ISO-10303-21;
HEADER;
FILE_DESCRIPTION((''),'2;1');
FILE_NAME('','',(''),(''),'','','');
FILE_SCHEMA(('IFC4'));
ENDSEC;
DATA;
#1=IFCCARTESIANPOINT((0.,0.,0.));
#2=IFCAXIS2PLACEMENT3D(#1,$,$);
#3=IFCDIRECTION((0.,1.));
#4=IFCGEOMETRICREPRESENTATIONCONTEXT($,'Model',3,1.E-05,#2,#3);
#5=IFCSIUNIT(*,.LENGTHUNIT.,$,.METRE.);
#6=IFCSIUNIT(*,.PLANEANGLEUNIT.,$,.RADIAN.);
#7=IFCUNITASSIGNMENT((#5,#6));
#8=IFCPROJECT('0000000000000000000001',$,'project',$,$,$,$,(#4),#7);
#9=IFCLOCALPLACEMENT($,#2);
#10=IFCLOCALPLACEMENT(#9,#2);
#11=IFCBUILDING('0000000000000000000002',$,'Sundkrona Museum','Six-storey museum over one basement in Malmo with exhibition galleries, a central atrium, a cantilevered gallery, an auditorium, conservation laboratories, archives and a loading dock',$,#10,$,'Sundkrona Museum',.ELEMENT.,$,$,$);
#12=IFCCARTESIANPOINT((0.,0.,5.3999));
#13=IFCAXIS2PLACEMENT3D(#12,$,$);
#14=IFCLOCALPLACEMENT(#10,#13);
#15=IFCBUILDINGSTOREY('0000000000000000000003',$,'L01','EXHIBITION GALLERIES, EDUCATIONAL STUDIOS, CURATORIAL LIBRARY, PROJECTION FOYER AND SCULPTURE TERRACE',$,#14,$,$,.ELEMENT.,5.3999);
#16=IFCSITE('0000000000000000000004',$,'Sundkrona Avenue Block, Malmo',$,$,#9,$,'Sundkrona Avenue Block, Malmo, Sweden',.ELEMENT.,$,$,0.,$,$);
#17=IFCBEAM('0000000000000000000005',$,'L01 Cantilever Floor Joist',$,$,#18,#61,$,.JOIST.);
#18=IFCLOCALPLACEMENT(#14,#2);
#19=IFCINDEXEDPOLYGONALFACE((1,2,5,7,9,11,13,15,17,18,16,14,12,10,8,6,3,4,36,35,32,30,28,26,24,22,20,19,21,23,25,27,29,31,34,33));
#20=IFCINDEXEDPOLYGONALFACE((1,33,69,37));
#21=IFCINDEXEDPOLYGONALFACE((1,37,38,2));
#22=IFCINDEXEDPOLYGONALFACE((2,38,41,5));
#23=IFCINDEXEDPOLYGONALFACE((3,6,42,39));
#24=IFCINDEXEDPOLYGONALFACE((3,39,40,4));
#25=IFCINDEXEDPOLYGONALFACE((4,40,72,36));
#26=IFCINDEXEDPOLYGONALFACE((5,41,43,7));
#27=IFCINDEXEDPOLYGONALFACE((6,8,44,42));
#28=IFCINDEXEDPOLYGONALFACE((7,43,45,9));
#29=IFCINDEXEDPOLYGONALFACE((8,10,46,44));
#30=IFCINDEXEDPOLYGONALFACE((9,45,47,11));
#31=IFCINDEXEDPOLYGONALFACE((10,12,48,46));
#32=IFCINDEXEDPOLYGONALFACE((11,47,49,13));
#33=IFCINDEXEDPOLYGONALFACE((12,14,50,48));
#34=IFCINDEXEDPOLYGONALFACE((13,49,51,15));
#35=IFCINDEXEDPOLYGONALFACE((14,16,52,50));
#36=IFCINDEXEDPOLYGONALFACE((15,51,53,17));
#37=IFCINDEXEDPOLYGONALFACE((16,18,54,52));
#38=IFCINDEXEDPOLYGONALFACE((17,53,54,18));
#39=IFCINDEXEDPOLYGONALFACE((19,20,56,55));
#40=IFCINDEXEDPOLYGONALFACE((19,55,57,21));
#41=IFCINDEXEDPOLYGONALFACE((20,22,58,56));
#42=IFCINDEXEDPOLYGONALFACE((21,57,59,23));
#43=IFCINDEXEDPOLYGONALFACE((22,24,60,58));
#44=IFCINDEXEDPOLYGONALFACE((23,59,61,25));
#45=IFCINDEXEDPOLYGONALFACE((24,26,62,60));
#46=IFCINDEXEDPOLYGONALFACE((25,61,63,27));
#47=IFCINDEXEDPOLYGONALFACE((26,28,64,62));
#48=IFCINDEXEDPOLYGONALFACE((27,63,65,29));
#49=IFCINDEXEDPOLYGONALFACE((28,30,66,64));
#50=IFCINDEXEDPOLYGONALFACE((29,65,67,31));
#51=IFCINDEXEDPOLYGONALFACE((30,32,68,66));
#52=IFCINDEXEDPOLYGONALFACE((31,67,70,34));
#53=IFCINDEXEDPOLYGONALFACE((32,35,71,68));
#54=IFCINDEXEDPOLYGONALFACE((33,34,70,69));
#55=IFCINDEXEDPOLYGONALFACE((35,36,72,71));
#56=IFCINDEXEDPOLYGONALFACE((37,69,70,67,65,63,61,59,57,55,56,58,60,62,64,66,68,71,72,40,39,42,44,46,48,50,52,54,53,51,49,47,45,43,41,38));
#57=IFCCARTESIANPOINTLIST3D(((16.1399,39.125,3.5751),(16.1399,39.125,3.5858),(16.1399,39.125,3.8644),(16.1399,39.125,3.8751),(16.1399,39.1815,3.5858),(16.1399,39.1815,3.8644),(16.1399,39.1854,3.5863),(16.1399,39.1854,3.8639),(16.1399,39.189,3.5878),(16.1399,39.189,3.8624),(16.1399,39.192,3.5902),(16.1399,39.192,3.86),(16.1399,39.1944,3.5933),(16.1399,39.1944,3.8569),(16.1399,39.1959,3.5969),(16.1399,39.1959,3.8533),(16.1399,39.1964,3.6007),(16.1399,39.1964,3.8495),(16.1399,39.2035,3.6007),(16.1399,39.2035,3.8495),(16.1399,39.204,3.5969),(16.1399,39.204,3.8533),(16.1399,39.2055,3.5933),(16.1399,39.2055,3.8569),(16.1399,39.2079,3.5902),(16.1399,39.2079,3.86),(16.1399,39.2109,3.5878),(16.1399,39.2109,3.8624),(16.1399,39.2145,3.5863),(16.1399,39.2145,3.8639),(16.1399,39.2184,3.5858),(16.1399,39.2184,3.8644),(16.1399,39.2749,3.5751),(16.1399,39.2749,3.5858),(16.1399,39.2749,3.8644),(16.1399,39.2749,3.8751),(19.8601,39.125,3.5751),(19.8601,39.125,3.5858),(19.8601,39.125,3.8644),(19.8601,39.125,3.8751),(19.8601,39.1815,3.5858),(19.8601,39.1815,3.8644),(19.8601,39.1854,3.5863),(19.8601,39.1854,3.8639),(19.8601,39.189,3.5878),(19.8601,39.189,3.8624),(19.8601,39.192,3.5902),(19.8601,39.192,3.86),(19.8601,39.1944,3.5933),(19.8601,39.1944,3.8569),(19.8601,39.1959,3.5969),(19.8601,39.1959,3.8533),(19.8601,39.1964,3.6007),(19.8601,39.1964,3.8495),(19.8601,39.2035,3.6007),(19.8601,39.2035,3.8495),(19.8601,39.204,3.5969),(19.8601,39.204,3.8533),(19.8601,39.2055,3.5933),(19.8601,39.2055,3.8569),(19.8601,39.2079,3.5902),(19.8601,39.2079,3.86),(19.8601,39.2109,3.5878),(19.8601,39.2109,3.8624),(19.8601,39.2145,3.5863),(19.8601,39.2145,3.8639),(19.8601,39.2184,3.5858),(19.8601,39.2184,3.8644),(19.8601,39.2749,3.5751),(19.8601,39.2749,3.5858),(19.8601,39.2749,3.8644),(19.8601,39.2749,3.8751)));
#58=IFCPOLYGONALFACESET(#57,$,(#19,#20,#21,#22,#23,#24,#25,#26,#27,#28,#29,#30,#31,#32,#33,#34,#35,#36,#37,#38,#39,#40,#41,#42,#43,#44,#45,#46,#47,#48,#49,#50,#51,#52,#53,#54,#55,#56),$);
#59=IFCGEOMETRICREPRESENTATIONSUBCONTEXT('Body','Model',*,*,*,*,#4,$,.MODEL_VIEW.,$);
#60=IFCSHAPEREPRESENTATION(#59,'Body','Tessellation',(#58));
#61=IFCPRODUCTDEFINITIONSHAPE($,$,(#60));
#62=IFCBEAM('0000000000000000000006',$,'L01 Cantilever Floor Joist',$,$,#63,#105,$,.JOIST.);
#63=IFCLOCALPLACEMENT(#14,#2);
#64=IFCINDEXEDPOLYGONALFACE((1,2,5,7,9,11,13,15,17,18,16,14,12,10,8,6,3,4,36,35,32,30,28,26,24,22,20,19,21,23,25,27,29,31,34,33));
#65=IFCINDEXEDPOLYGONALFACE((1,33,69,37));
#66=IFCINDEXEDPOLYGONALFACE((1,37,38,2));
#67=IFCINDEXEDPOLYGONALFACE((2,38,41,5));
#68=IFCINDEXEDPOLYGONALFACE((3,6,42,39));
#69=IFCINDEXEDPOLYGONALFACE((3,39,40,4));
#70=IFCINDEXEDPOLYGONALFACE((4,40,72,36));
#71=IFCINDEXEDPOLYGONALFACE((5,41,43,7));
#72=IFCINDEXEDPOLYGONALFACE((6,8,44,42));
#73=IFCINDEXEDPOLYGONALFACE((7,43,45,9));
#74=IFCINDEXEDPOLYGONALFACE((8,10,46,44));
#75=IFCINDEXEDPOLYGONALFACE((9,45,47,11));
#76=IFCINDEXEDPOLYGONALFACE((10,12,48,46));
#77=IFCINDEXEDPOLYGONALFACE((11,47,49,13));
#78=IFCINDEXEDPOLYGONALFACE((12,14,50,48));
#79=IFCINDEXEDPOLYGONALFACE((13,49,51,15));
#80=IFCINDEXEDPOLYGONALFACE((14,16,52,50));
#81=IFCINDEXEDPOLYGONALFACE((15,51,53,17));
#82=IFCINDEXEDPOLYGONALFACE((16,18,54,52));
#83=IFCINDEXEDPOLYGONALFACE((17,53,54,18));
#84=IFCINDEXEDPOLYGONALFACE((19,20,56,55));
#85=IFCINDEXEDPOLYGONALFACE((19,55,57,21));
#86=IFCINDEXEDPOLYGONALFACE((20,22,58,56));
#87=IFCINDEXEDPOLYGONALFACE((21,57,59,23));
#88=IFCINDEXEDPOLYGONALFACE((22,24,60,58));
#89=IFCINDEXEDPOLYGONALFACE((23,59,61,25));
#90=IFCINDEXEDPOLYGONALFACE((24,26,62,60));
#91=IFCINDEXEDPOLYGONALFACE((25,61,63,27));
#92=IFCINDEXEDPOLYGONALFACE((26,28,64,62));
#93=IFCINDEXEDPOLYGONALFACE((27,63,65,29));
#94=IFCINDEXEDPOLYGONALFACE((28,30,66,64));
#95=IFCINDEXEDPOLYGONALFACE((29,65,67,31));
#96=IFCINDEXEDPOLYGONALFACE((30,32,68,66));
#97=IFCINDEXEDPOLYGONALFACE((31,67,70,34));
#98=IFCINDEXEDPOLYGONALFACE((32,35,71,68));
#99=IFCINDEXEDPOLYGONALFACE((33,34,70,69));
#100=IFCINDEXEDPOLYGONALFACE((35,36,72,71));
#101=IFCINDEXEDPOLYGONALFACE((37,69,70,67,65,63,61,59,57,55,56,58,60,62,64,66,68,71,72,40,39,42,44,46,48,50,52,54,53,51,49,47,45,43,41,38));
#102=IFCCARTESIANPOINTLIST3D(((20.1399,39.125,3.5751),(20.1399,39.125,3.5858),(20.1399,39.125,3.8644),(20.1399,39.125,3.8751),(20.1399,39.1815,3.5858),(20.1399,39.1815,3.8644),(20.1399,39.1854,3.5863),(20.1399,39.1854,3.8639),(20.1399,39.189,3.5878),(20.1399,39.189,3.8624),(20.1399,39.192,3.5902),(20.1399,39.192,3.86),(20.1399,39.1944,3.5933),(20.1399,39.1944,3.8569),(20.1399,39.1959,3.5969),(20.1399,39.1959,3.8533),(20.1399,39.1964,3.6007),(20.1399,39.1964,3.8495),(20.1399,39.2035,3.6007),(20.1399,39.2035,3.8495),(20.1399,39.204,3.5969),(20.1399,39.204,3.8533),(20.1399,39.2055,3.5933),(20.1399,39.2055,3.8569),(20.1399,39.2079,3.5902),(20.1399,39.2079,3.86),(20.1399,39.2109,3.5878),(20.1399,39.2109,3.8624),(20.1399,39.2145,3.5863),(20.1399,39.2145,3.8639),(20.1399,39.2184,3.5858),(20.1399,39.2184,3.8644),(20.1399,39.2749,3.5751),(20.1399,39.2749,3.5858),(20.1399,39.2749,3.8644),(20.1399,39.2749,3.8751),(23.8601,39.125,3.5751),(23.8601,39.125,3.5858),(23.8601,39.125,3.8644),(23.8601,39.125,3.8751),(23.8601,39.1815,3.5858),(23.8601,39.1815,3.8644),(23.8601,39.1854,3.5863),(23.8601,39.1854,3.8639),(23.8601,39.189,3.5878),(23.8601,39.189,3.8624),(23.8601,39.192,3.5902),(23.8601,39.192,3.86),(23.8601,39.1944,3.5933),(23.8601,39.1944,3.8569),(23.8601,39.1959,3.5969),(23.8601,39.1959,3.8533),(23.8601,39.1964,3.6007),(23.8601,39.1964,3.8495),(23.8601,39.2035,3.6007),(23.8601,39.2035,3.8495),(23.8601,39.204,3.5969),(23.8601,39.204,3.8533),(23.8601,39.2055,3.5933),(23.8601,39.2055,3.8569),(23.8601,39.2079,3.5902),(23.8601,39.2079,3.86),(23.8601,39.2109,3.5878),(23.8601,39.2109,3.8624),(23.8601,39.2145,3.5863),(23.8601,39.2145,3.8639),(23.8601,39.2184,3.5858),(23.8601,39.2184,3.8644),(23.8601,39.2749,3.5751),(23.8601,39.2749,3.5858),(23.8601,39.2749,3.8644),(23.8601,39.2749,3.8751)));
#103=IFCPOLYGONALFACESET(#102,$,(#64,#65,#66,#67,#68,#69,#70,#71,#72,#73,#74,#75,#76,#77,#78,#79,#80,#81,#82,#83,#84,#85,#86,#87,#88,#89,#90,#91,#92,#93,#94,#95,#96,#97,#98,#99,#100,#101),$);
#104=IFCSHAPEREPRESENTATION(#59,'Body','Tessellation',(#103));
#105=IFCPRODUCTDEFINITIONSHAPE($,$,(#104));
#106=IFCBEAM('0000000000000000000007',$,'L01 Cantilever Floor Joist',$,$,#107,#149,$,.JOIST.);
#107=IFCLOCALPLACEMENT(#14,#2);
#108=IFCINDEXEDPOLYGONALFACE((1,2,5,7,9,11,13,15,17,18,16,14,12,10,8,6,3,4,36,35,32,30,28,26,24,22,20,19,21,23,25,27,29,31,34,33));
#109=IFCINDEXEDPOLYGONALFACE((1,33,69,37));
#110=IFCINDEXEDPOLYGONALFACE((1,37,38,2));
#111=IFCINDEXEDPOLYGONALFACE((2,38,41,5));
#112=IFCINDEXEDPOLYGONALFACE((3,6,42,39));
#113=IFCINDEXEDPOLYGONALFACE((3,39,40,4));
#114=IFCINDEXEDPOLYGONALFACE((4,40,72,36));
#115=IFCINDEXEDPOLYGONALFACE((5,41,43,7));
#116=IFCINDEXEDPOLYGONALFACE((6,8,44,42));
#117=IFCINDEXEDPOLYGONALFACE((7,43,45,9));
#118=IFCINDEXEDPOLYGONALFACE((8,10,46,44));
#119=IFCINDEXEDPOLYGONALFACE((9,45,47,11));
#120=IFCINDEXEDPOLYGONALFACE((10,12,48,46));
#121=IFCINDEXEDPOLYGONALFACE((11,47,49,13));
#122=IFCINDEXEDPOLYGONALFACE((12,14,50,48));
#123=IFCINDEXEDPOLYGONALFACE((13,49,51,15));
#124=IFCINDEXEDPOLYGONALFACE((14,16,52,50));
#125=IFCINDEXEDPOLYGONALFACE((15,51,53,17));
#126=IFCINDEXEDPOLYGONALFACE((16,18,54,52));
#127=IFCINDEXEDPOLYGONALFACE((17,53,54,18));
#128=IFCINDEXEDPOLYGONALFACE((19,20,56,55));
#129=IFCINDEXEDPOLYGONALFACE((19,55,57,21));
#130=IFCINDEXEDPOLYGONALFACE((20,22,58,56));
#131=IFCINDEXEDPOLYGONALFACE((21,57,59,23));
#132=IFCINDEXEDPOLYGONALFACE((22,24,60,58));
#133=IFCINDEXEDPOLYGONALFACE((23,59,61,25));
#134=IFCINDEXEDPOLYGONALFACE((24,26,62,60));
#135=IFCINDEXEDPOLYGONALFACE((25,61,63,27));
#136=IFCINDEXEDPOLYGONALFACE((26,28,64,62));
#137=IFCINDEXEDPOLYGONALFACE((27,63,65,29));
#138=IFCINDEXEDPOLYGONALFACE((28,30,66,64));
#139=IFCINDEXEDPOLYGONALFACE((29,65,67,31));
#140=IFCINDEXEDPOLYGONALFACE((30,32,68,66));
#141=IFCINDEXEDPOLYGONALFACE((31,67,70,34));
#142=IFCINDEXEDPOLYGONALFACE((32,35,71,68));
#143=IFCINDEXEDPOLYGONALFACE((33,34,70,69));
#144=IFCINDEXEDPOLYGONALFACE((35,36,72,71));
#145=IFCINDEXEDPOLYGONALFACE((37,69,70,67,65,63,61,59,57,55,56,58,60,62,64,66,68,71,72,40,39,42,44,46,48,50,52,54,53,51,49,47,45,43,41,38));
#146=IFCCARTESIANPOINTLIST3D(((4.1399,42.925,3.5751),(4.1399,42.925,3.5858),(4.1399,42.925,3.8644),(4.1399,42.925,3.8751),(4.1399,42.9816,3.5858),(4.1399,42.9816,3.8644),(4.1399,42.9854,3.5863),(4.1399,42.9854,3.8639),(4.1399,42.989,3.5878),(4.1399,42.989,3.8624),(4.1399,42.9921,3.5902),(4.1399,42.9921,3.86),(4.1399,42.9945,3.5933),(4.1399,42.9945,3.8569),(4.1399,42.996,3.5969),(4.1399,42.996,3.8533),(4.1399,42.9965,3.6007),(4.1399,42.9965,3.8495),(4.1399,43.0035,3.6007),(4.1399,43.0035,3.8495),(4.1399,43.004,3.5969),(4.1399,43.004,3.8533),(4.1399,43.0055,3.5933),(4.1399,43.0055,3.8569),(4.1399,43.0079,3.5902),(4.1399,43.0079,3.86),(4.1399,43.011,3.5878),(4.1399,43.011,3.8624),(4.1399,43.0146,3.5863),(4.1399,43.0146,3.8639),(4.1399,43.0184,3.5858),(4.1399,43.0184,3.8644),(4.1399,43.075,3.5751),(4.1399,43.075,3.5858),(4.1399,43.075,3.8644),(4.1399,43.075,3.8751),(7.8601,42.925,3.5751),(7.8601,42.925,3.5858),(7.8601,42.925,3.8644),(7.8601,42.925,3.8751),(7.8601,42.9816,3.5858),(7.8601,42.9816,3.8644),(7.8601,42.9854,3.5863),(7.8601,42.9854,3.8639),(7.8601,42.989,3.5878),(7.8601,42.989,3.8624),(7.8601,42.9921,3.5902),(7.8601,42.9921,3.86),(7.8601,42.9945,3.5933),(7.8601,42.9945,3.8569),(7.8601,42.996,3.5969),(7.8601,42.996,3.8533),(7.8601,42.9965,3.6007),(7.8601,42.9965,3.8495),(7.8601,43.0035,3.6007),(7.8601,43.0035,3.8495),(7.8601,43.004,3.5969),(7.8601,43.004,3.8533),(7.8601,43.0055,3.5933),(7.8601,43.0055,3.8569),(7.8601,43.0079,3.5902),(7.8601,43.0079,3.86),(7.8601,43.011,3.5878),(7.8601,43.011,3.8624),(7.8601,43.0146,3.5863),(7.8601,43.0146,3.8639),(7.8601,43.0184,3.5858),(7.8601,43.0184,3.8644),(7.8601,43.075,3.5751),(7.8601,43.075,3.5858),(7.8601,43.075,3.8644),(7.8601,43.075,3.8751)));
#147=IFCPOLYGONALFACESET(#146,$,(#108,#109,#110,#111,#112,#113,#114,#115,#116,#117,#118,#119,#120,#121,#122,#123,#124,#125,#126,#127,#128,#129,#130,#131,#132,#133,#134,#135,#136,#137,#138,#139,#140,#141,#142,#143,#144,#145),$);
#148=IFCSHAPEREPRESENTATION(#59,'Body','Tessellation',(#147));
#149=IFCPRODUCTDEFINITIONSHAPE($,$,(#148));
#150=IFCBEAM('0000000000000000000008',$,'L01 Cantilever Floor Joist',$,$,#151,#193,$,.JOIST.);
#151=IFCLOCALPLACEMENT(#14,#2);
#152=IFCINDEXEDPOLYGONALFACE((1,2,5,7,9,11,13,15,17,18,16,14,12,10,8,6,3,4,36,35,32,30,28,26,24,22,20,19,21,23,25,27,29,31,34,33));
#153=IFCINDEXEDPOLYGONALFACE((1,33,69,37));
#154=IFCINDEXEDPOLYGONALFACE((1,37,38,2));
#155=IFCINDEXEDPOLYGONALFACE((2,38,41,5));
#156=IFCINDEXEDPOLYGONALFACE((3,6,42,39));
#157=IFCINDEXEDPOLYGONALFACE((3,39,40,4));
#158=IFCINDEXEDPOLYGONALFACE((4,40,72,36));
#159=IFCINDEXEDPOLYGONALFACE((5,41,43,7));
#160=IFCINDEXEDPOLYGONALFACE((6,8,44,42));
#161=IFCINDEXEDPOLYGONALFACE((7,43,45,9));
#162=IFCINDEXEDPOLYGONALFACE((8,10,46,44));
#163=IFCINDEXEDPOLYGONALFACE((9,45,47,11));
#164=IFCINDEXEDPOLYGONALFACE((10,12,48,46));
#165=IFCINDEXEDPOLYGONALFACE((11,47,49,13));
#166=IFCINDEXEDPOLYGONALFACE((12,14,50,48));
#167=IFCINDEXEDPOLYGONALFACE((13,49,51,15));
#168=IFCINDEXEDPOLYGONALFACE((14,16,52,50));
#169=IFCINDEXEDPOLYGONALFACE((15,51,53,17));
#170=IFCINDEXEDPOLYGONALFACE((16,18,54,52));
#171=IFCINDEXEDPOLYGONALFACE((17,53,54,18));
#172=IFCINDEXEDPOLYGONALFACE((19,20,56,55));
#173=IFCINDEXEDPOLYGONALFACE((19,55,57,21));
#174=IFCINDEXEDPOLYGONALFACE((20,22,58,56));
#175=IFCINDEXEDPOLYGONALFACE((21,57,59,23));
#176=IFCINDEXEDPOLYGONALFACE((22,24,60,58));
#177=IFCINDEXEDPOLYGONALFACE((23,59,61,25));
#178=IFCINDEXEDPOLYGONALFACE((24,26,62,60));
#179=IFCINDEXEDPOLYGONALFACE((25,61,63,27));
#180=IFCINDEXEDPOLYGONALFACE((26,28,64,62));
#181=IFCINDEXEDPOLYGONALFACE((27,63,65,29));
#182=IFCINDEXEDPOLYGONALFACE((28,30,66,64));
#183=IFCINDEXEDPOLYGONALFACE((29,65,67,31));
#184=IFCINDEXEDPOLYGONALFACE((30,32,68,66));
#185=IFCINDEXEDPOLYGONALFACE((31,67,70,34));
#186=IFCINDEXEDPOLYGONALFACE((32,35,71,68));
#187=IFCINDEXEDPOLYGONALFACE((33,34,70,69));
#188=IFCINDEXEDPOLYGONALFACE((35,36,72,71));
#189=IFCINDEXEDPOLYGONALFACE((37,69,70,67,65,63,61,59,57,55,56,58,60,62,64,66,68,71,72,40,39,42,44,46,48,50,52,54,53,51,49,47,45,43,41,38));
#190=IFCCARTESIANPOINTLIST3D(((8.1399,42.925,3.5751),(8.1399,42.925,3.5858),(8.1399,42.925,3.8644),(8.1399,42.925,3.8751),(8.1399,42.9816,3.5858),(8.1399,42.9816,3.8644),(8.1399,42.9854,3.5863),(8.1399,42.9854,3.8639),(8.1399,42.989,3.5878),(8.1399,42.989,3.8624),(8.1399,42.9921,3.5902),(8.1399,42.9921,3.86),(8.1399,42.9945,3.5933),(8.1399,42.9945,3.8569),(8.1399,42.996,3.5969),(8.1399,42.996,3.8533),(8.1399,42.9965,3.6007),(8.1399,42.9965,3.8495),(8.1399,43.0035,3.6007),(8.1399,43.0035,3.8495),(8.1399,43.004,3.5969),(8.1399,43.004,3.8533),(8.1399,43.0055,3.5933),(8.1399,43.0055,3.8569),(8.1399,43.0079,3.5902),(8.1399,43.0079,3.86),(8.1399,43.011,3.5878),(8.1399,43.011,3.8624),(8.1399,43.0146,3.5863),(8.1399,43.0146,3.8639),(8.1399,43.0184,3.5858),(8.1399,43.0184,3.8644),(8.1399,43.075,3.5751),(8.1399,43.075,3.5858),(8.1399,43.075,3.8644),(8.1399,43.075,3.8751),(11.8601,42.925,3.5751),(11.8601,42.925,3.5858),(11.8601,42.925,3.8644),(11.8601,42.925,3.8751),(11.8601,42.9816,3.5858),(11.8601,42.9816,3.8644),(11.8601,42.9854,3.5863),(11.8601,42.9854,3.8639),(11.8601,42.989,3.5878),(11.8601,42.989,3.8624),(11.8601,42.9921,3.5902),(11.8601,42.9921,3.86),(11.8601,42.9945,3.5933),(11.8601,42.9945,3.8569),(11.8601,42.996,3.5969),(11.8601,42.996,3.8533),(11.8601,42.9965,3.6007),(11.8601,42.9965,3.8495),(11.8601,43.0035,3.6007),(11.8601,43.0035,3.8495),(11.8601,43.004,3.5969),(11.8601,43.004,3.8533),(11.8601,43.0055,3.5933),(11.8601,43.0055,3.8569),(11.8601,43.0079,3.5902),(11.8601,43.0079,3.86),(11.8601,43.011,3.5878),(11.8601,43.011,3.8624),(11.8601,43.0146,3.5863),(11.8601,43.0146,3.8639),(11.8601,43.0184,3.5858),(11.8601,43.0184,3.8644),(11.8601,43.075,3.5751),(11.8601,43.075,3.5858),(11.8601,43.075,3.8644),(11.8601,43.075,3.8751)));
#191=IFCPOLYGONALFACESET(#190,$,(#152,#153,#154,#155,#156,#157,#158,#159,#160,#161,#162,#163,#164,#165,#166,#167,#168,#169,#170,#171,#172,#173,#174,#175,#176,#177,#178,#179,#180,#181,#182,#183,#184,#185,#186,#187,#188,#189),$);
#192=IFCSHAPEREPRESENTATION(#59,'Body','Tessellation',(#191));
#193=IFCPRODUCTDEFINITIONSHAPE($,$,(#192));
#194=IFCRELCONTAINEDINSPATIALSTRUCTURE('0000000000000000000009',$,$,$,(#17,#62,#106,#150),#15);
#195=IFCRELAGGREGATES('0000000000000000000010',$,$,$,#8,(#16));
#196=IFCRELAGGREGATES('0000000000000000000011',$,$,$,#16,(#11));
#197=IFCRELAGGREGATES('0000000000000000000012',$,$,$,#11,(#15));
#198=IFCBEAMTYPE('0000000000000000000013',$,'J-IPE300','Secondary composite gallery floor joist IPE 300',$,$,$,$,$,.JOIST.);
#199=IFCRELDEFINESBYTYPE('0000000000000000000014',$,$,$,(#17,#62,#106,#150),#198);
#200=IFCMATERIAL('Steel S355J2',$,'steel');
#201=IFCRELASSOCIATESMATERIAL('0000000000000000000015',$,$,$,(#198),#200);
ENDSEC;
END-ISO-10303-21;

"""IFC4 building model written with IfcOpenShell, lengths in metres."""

from ifc_helpers import new_model, si_unit, direction, frame, origin, origin_2d, place, context, subcontext, project, spatial, i_section, extrude, material, material_profile, profile_set, type_object, element, save


model = new_model("IFC4")

# Units and contexts
model_context = context("Model", 3, precision=1e-05, world=origin(), true_north=direction((0.0, 1.0)))
body_context = subcontext(model_context, "Body", "Model", "MODEL_VIEW")
ifc_project = project(units=[si_unit("LENGTHUNIT", "METRE"), si_unit("PLANEANGLEUNIT", "RADIAN")], contexts=[model_context])

# Site, building, storey
site_placement = place(None, origin())
site = spatial("IfcSite", under=ifc_project, at=site_placement, Name="Sundkrona Avenue Block, Malmo", LongName="Sundkrona Avenue Block, Malmo, Sweden", CompositionType="ELEMENT", RefElevation=0.0)
building_placement = place(site_placement, origin())
building = spatial("IfcBuilding", under=site, at=building_placement, Name="Sundkrona Museum", Description="Six-storey museum over one basement in Malmo with exhibition galleries, a central atrium, a cantilevered gallery, an auditorium, conservation laboratories, archives and a loading dock", LongName="Sundkrona Museum", CompositionType="ELEMENT")
storey_placement = place(building_placement, frame((0.0, 0.0, 5.3999)))
storey = spatial("IfcBuildingStorey", under=building, at=storey_placement, Name="L01", Description="EXHIBITION GALLERIES, EDUCATIONAL STUDIOS, CURATORIAL LIBRARY, PROJECTION FOYER AND SCULPTURE TERRACE", CompositionType="ELEMENT", Elevation=5.3999)

# Shared definitions
ifc_material_1 = material(Name="Steel S355J2", Category="steel")

# Beams
ifc_material_profile_1 = material_profile(ifc_material_1, i_section(OverallWidth=0.1499, OverallDepth=0.3, WebThickness=0.0071, FlangeThickness=0.0107, FilletRadius=0.0149, at=origin_2d()), Name="IPE 300")
ifc_profile_set_1 = profile_set([ifc_material_profile_1], Name="Steel S355J2")
beam_type_1 = type_object("IfcBeamType", Name="J-IPE300", Description="Secondary composite gallery floor joist IPE 300", PredefinedType="JOIST", material=ifc_profile_set_1)
for number, where, z_axis, x_axis, name in (
    (1, (16.1399, 39.2, 3.7251), (1.0, 0.0, 0.0), (0.0, 1.0, 0.0), "L01 Cantilever Floor Joist"),
    (2, (20.1399, 39.2, 3.7251), (1.0, 0.0, 0.0), (0.0, 1.0, 0.0), "L01 Cantilever Floor Joist"),
    (3, (4.1399, 43.0, 3.7251), (1.0, 0.0, 0.0), (0.0, 1.0, 0.0), "L01 Cantilever Floor Joist"),
    (4, (8.1399, 43.0, 3.7251), (1.0, 0.0, 0.0), (0.0, 1.0, 0.0), "L01 Cantilever Floor Joist"),
):
    element("IfcBeam", number, at=place(storey_placement, frame(where, z_axis=z_axis, x_axis=x_axis)), inside=storey, type_object=beam_type_1, Name=name, PredefinedType="JOIST", context=body_context, shape_type="SweptSolid", body=[
        extrude(i_section(OverallWidth=0.1499, OverallDepth=0.3, WebThickness=0.0071, FlangeThickness=0.0107, FilletRadius=0.0149, at=origin_2d()), origin(), (0.0, 0.0, 1.0), 3.7202),
    ])

save(model, "model.ifc")
